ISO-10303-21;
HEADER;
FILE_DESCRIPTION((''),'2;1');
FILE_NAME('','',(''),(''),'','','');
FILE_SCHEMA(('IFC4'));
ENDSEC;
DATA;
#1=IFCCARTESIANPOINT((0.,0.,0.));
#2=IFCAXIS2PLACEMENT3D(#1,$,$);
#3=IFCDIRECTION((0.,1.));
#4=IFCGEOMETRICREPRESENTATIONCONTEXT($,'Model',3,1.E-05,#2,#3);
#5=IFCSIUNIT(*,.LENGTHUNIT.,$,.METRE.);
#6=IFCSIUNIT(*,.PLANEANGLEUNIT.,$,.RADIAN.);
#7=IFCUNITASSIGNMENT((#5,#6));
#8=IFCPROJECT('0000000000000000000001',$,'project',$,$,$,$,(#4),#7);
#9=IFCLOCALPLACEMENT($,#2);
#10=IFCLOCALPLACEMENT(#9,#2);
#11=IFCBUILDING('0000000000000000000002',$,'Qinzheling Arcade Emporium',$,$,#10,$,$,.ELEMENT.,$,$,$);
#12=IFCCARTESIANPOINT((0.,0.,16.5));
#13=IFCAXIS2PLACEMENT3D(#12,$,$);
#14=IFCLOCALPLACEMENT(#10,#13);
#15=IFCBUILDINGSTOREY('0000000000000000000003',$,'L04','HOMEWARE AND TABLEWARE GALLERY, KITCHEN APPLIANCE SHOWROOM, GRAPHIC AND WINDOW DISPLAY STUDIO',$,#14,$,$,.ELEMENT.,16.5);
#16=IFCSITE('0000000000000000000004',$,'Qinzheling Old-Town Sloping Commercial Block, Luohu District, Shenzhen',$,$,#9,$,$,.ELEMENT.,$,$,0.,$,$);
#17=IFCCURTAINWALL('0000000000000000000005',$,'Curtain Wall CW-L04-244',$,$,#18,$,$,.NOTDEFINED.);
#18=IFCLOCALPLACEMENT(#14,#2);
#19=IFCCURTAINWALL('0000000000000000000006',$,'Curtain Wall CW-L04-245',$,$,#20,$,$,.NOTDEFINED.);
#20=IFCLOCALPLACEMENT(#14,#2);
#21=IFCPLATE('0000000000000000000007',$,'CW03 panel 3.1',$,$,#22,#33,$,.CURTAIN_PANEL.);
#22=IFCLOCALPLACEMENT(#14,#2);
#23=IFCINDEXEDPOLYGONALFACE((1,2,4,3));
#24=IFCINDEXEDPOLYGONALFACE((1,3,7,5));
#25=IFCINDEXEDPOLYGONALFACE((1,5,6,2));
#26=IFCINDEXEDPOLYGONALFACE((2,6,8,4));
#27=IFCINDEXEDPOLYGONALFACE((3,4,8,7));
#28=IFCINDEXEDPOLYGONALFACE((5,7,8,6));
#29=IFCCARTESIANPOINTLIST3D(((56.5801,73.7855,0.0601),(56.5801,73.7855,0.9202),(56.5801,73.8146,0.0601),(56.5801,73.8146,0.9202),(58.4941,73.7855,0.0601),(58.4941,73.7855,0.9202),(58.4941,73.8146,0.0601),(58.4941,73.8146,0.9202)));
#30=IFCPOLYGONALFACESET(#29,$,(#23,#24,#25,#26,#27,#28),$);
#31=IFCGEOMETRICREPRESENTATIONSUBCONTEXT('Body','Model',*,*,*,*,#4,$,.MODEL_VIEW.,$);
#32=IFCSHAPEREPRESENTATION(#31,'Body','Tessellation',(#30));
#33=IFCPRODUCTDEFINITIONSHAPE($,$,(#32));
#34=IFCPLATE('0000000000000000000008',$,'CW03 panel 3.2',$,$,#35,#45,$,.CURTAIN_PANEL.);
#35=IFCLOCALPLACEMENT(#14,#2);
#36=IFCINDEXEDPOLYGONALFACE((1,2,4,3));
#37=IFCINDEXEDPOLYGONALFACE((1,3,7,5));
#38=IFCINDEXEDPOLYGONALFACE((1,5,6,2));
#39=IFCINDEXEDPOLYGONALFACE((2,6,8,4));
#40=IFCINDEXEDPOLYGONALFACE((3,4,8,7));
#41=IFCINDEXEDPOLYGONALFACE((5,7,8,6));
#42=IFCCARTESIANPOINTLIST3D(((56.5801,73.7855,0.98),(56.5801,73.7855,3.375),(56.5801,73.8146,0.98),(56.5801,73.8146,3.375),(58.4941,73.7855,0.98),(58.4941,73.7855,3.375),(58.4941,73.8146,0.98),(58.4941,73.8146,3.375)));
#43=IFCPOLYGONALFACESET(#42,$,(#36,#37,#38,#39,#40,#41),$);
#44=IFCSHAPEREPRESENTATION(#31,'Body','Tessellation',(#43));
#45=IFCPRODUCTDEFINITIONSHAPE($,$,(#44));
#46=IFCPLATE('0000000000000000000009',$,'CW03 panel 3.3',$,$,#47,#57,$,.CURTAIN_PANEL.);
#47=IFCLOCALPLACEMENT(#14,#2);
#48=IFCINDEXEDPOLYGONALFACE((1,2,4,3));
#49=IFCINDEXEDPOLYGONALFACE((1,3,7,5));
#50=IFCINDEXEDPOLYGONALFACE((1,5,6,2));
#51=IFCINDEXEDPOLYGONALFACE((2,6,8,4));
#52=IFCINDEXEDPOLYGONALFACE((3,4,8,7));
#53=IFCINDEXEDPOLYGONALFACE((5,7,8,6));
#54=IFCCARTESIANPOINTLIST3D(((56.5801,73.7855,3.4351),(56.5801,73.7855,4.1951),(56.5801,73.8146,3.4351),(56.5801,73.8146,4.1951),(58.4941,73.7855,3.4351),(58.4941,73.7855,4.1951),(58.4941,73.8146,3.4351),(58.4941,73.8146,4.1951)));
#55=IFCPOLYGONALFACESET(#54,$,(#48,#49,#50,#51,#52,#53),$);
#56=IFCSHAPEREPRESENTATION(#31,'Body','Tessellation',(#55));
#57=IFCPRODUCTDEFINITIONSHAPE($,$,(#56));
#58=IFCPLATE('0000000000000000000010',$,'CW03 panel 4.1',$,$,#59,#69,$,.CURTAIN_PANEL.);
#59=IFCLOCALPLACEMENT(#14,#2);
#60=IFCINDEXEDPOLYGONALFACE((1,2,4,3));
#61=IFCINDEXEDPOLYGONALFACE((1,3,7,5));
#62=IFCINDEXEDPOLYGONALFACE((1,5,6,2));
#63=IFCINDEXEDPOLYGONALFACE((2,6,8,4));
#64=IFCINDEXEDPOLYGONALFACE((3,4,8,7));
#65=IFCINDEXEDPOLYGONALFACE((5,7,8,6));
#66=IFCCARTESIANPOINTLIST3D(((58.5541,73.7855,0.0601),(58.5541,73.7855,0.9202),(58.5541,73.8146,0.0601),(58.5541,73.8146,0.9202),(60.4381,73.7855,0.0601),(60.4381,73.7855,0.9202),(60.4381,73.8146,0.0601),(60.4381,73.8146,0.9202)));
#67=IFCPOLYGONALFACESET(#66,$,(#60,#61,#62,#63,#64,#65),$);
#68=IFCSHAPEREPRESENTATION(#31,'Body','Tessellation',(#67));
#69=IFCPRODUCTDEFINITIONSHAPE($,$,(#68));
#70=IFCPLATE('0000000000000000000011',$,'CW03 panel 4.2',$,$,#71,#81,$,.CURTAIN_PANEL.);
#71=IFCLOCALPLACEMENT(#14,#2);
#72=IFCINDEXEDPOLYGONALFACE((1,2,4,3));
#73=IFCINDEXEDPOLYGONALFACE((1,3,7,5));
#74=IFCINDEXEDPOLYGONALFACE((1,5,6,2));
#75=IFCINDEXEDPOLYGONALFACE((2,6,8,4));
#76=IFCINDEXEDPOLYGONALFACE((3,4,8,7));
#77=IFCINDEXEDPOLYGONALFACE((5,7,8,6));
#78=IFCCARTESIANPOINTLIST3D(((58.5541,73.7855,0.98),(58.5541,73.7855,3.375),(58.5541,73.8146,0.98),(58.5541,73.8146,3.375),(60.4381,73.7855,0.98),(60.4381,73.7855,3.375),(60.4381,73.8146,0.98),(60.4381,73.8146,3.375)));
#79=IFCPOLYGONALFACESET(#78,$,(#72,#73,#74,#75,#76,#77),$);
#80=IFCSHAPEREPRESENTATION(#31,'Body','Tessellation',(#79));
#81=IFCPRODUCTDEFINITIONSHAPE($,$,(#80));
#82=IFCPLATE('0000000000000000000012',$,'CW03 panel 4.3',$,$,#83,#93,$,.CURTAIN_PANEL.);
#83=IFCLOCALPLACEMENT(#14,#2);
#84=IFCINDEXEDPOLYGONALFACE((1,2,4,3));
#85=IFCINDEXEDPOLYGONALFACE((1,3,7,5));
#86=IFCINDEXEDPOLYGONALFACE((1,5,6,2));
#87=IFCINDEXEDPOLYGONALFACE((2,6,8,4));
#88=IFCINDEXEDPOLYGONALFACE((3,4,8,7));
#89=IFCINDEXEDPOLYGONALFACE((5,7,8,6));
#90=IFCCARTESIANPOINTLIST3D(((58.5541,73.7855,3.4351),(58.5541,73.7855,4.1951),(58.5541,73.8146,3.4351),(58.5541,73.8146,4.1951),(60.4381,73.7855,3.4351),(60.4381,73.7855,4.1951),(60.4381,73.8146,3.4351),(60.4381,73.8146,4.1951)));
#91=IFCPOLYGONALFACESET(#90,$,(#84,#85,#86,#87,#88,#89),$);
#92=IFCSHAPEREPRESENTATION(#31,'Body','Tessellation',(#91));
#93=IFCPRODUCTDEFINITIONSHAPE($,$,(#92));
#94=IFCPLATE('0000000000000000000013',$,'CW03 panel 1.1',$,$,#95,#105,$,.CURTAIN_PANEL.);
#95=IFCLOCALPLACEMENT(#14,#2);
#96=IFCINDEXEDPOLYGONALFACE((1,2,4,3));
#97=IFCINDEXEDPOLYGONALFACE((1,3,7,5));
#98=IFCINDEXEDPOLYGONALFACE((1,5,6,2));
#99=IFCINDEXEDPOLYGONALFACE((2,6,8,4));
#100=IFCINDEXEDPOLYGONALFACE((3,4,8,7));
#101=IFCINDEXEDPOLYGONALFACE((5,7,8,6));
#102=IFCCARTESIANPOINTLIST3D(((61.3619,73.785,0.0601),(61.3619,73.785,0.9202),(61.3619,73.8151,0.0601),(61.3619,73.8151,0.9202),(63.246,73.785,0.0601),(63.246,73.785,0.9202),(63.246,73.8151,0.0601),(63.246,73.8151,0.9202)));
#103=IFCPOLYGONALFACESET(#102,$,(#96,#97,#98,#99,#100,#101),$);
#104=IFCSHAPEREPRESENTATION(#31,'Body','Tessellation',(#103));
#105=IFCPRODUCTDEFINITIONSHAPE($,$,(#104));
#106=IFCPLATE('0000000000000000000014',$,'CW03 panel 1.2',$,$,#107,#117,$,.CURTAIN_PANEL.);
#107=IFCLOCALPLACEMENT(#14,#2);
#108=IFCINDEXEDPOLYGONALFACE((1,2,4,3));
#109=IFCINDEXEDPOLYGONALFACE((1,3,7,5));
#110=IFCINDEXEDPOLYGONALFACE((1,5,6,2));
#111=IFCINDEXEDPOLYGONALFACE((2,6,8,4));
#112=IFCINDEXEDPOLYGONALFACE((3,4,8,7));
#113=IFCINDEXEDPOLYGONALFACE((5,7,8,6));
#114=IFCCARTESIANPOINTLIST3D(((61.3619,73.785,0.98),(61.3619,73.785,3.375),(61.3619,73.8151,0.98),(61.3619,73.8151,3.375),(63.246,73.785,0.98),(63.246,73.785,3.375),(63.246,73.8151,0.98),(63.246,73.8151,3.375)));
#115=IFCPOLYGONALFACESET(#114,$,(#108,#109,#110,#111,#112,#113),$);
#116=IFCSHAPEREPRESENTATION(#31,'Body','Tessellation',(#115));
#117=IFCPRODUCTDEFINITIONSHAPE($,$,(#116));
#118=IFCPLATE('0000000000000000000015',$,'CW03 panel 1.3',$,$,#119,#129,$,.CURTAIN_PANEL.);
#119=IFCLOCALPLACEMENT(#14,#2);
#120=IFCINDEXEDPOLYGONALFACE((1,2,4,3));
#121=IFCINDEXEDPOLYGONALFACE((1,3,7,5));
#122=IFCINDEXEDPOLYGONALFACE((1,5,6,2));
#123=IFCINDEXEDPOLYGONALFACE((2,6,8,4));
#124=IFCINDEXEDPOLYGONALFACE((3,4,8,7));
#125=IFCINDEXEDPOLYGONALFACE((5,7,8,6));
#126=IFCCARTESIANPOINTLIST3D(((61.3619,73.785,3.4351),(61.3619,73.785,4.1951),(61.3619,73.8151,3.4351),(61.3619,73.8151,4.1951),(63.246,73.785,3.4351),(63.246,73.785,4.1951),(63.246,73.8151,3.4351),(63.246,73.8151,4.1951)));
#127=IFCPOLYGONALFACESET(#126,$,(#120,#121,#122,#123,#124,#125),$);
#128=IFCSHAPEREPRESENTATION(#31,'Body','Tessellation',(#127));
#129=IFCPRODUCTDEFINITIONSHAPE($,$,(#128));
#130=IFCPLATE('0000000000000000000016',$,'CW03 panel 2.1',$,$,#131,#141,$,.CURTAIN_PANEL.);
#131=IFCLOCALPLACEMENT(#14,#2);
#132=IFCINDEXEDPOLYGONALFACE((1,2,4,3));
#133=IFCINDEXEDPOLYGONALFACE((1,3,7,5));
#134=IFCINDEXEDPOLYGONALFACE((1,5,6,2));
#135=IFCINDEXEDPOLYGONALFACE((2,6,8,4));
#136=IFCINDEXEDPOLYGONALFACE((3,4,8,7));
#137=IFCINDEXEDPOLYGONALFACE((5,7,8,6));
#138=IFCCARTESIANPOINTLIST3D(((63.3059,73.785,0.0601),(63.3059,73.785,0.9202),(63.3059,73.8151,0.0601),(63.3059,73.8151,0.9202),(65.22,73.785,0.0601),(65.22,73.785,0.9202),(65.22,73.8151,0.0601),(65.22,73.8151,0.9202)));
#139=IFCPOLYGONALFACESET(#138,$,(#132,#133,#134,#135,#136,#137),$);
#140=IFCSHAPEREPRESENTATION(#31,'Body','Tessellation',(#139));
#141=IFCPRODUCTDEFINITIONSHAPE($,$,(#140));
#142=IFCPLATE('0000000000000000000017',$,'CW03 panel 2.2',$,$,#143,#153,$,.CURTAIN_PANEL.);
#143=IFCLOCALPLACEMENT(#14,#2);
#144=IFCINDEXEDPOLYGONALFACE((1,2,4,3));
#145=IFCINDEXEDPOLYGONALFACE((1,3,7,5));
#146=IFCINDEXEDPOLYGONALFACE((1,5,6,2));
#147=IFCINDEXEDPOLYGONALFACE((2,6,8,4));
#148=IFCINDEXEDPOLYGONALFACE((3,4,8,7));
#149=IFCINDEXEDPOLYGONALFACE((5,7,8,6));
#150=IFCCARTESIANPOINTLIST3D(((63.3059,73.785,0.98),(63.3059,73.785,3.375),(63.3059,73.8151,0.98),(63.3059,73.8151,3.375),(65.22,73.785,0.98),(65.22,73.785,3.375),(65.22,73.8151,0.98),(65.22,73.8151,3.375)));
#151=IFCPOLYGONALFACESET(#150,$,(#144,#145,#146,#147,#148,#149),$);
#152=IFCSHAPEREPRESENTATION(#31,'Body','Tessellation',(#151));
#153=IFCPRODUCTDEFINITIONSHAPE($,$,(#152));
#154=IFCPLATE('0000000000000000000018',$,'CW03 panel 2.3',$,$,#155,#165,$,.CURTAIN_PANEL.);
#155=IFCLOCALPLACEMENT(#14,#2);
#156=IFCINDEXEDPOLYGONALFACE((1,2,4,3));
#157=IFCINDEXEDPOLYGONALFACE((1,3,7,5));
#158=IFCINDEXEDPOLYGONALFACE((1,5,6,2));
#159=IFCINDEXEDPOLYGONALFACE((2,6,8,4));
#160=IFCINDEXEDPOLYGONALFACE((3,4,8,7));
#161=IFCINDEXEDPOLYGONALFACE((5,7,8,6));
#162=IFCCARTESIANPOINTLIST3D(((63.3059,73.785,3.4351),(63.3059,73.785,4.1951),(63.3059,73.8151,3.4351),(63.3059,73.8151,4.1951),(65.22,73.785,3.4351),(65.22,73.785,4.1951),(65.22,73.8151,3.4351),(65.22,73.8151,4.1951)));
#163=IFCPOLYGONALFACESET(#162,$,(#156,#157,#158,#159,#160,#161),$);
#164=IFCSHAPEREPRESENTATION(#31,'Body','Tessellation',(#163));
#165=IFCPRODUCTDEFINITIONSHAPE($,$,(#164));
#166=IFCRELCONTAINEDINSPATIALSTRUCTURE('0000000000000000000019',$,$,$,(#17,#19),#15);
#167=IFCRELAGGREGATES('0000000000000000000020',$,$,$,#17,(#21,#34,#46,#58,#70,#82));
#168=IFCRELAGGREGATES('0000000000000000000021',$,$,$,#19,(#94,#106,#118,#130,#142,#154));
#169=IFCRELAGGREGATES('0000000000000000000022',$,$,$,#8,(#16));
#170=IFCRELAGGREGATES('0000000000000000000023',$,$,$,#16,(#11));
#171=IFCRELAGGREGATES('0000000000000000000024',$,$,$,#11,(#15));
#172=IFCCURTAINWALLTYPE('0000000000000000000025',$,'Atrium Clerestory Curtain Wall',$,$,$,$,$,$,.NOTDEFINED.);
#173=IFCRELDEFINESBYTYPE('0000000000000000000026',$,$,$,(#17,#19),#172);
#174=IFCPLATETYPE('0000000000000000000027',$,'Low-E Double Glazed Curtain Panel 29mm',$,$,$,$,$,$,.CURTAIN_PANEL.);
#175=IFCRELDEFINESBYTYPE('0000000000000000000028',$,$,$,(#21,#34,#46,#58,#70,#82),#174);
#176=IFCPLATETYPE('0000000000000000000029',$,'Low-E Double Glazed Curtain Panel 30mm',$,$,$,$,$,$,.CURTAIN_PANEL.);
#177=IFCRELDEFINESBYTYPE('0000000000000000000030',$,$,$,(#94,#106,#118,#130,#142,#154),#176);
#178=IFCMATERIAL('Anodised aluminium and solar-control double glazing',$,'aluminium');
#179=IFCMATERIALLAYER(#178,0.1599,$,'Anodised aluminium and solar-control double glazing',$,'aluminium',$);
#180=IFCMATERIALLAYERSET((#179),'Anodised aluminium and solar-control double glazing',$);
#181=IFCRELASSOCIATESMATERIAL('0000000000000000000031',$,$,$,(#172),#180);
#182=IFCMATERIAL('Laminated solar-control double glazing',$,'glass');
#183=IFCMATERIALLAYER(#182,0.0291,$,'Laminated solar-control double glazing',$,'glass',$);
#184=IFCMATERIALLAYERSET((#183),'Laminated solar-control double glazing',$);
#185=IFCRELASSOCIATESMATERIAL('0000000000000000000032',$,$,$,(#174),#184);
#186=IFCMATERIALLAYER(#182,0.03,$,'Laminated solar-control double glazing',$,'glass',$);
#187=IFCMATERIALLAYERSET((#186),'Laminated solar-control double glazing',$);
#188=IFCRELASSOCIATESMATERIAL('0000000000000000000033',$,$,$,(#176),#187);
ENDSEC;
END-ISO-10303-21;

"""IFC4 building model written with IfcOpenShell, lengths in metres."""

from ifc_helpers import new_model, si_unit, direction, frame, origin, origin_2d, place, context, subcontext, project, spatial, rectangle, extrude, material, layer, layer_set, type_object, element, aggregate, save


model = new_model("IFC4")

# Units and contexts
model_context = context("Model", 3, precision=1e-05, world=origin(), true_north=direction((0.0, 1.0)))
body_context = subcontext(model_context, "Body", "Model", "MODEL_VIEW")
ifc_project = project(units=[si_unit("LENGTHUNIT", "METRE"), si_unit("PLANEANGLEUNIT", "RADIAN")], contexts=[model_context])

# Site, building, storey
site_placement = place(None, origin())
site = spatial("IfcSite", under=ifc_project, at=site_placement, Name="Qinzheling Old-Town Sloping Commercial Block, Luohu District, Shenzhen", CompositionType="ELEMENT", RefElevation=0.0)
building_placement = place(site_placement, origin())
building = spatial("IfcBuilding", under=site, at=building_placement, Name="Qinzheling Arcade Emporium", CompositionType="ELEMENT")
storey_placement = place(building_placement, frame((0.0, 0.0, 16.5)))
storey = spatial("IfcBuildingStorey", under=building, at=storey_placement, Name="L04", Description="HOMEWARE AND TABLEWARE GALLERY, KITCHEN APPLIANCE SHOWROOM, GRAPHIC AND WINDOW DISPLAY STUDIO", CompositionType="ELEMENT", Elevation=16.5)

# Curtain walls
ifc_material_1 = material(Name="Anodised aluminium and solar-control double glazing", Category="aluminium")
ifc_layer_1 = layer(ifc_material_1, 0.1599, Name="Anodised aluminium and solar-control double glazing", Category="aluminium")
ifc_layer_set_1 = layer_set([ifc_layer_1], Name="Anodised aluminium and solar-control double glazing")
curtain_wall_type = type_object("IfcCurtainWallType", Name="Atrium Clerestory Curtain Wall", PredefinedType="NOTDEFINED", material=ifc_layer_set_1)
curtain_wall_1_placement = place(storey_placement, origin())
curtain_wall_1 = element("IfcCurtainWall", 1, at=curtain_wall_1_placement, inside=storey, type_object=curtain_wall_type, Name="Curtain Wall CW-L04-244", PredefinedType="NOTDEFINED")
curtain_wall_2_placement = place(storey_placement, origin())
curtain_wall_2 = element("IfcCurtainWall", 2, at=curtain_wall_2_placement, inside=storey, type_object=curtain_wall_type, Name="Curtain Wall CW-L04-245", PredefinedType="NOTDEFINED")

# Plates
ifc_material_2 = material(Name="Laminated solar-control double glazing", Category="glass")
ifc_layer_2 = layer(ifc_material_2, 0.0291, Name="Laminated solar-control double glazing", Category="glass")
ifc_layer_set_2 = layer_set([ifc_layer_2], Name="Laminated solar-control double glazing")
plate_type_1 = type_object("IfcPlateType", Name="Low-E Double Glazed Curtain Panel 29mm", PredefinedType="CURTAIN_PANEL", material=ifc_layer_set_2)
plate_1_placement = place(storey_placement, frame((57.5371, 73.8, 0.0601), z_axis=(0.0, 0.0, 1.0), x_axis=(1.0, 0.0, 0.0)))
plate_1 = element("IfcPlate", 3, at=plate_1_placement, type_object=plate_type_1, Name="CW03 panel 3.1", PredefinedType="CURTAIN_PANEL", context=body_context, shape_type="SweptSolid", body=[
    extrude(rectangle(XDim=1.9141, YDim=0.0291, at=origin_2d()), origin(), (0.0, 0.0, 1.0), 0.8601),
])
plate_2_placement = place(storey_placement, frame((57.5371, 73.8, 0.98), z_axis=(0.0, 0.0, 1.0), x_axis=(1.0, 0.0, 0.0)))
plate_2 = element("IfcPlate", 4, at=plate_2_placement, type_object=plate_type_1, Name="CW03 panel 3.2", PredefinedType="CURTAIN_PANEL", context=body_context, shape_type="SweptSolid", body=[
    extrude(rectangle(XDim=1.9141, YDim=0.0291, at=origin_2d()), origin(), (0.0, 0.0, 1.0), 2.395),
])
plate_3_placement = place(storey_placement, frame((57.5371, 73.8, 3.4351), z_axis=(0.0, 0.0, 1.0), x_axis=(1.0, 0.0, 0.0)))
plate_3 = element("IfcPlate", 5, at=plate_3_placement, type_object=plate_type_1, Name="CW03 panel 3.3", PredefinedType="CURTAIN_PANEL", context=body_context, shape_type="SweptSolid", body=[
    extrude(rectangle(XDim=1.9141, YDim=0.0291, at=origin_2d()), origin(), (0.0, 0.0, 1.0), 0.76),
])
plate_4_placement = place(storey_placement, frame((59.4961, 73.8, 0.0601), z_axis=(0.0, 0.0, 1.0), x_axis=(1.0, 0.0, 0.0)))
plate_4 = element("IfcPlate", 6, at=plate_4_placement, type_object=plate_type_1, Name="CW03 panel 4.1", PredefinedType="CURTAIN_PANEL", context=body_context, shape_type="SweptSolid", body=[
    extrude(rectangle(XDim=1.884, YDim=0.0291, at=origin_2d()), origin(), (0.0, 0.0, 1.0), 0.8601),
])
plate_5_placement = place(storey_placement, frame((59.4961, 73.8, 0.98), z_axis=(0.0, 0.0, 1.0), x_axis=(1.0, 0.0, 0.0)))
plate_5 = element("IfcPlate", 7, at=plate_5_placement, type_object=plate_type_1, Name="CW03 panel 4.2", PredefinedType="CURTAIN_PANEL", context=body_context, shape_type="SweptSolid", body=[
    extrude(rectangle(XDim=1.884, YDim=0.0291, at=origin_2d()), origin(), (0.0, 0.0, 1.0), 2.395),
])
plate_6_placement = place(storey_placement, frame((59.4961, 73.8, 3.4351), z_axis=(0.0, 0.0, 1.0), x_axis=(1.0, 0.0, 0.0)))
plate_6 = element("IfcPlate", 8, at=plate_6_placement, type_object=plate_type_1, Name="CW03 panel 4.3", PredefinedType="CURTAIN_PANEL", context=body_context, shape_type="SweptSolid", body=[
    extrude(rectangle(XDim=1.884, YDim=0.0291, at=origin_2d()), origin(), (0.0, 0.0, 1.0), 0.76),
])
aggregate(curtain_wall_1, [plate_1, plate_2, plate_3, plate_4, plate_5, plate_6])
ifc_layer_3 = layer(ifc_material_2, 0.03, Name="Laminated solar-control double glazing", Category="glass")
ifc_layer_set_3 = layer_set([ifc_layer_3], Name="Laminated solar-control double glazing")
plate_type_2 = type_object("IfcPlateType", Name="Low-E Double Glazed Curtain Panel 30mm", PredefinedType="CURTAIN_PANEL", material=ifc_layer_set_3)
plate_7_placement = place(storey_placement, frame((62.304, 73.8, 0.0601), z_axis=(0.0, 0.0, 1.0), x_axis=(1.0, 0.0, 0.0)))
plate_7 = element("IfcPlate", 9, at=plate_7_placement, type_object=plate_type_2, Name="CW03 panel 1.1", PredefinedType="CURTAIN_PANEL", context=body_context, shape_type="SweptSolid", body=[
    extrude(rectangle(XDim=1.884, YDim=0.03, at=origin_2d()), origin(), (0.0, 0.0, 1.0), 0.8601),
])
plate_8_placement = place(storey_placement, frame((62.304, 73.8, 0.98), z_axis=(0.0, 0.0, 1.0), x_axis=(1.0, 0.0, 0.0)))
plate_8 = element("IfcPlate", 10, at=plate_8_placement, type_object=plate_type_2, Name="CW03 panel 1.2", PredefinedType="CURTAIN_PANEL", context=body_context, shape_type="SweptSolid", body=[
    extrude(rectangle(XDim=1.884, YDim=0.03, at=origin_2d()), origin(), (0.0, 0.0, 1.0), 2.395),
])
plate_9_placement = place(storey_placement, frame((62.304, 73.8, 3.4351), z_axis=(0.0, 0.0, 1.0), x_axis=(1.0, 0.0, 0.0)))
plate_9 = element("IfcPlate", 11, at=plate_9_placement, type_object=plate_type_2, Name="CW03 panel 1.3", PredefinedType="CURTAIN_PANEL", context=body_context, shape_type="SweptSolid", body=[
    extrude(rectangle(XDim=1.884, YDim=0.03, at=origin_2d()), origin(), (0.0, 0.0, 1.0), 0.76),
])
plate_10_placement = place(storey_placement, frame((64.2629, 73.8, 0.0601), z_axis=(0.0, 0.0, 1.0), x_axis=(1.0, 0.0, 0.0)))
plate_10 = element("IfcPlate", 12, at=plate_10_placement, type_object=plate_type_2, Name="CW03 panel 2.1", PredefinedType="CURTAIN_PANEL", context=body_context, shape_type="SweptSolid", body=[
    extrude(rectangle(XDim=1.9141, YDim=0.03, at=origin_2d()), origin(), (0.0, 0.0, 1.0), 0.8601),
])
plate_11_placement = place(storey_placement, frame((64.2629, 73.8, 0.98), z_axis=(0.0, 0.0, 1.0), x_axis=(1.0, 0.0, 0.0)))
plate_11 = element("IfcPlate", 13, at=plate_11_placement, type_object=plate_type_2, Name="CW03 panel 2.2", PredefinedType="CURTAIN_PANEL", context=body_context, shape_type="SweptSolid", body=[
    extrude(rectangle(XDim=1.9141, YDim=0.03, at=origin_2d()), origin(), (0.0, 0.0, 1.0), 2.395),
])
plate_12_placement = place(storey_placement, frame((64.2629, 73.8, 3.4351), z_axis=(0.0, 0.0, 1.0), x_axis=(1.0, 0.0, 0.0)))
plate_12 = element("IfcPlate", 14, at=plate_12_placement, type_object=plate_type_2, Name="CW03 panel 2.3", PredefinedType="CURTAIN_PANEL", context=body_context, shape_type="SweptSolid", body=[
    extrude(rectangle(XDim=1.9141, YDim=0.03, at=origin_2d()), origin(), (0.0, 0.0, 1.0), 0.76),
])
aggregate(curtain_wall_2, [plate_7, plate_8, plate_9, plate_10, plate_11, plate_12])

save(model, "model.ifc")
